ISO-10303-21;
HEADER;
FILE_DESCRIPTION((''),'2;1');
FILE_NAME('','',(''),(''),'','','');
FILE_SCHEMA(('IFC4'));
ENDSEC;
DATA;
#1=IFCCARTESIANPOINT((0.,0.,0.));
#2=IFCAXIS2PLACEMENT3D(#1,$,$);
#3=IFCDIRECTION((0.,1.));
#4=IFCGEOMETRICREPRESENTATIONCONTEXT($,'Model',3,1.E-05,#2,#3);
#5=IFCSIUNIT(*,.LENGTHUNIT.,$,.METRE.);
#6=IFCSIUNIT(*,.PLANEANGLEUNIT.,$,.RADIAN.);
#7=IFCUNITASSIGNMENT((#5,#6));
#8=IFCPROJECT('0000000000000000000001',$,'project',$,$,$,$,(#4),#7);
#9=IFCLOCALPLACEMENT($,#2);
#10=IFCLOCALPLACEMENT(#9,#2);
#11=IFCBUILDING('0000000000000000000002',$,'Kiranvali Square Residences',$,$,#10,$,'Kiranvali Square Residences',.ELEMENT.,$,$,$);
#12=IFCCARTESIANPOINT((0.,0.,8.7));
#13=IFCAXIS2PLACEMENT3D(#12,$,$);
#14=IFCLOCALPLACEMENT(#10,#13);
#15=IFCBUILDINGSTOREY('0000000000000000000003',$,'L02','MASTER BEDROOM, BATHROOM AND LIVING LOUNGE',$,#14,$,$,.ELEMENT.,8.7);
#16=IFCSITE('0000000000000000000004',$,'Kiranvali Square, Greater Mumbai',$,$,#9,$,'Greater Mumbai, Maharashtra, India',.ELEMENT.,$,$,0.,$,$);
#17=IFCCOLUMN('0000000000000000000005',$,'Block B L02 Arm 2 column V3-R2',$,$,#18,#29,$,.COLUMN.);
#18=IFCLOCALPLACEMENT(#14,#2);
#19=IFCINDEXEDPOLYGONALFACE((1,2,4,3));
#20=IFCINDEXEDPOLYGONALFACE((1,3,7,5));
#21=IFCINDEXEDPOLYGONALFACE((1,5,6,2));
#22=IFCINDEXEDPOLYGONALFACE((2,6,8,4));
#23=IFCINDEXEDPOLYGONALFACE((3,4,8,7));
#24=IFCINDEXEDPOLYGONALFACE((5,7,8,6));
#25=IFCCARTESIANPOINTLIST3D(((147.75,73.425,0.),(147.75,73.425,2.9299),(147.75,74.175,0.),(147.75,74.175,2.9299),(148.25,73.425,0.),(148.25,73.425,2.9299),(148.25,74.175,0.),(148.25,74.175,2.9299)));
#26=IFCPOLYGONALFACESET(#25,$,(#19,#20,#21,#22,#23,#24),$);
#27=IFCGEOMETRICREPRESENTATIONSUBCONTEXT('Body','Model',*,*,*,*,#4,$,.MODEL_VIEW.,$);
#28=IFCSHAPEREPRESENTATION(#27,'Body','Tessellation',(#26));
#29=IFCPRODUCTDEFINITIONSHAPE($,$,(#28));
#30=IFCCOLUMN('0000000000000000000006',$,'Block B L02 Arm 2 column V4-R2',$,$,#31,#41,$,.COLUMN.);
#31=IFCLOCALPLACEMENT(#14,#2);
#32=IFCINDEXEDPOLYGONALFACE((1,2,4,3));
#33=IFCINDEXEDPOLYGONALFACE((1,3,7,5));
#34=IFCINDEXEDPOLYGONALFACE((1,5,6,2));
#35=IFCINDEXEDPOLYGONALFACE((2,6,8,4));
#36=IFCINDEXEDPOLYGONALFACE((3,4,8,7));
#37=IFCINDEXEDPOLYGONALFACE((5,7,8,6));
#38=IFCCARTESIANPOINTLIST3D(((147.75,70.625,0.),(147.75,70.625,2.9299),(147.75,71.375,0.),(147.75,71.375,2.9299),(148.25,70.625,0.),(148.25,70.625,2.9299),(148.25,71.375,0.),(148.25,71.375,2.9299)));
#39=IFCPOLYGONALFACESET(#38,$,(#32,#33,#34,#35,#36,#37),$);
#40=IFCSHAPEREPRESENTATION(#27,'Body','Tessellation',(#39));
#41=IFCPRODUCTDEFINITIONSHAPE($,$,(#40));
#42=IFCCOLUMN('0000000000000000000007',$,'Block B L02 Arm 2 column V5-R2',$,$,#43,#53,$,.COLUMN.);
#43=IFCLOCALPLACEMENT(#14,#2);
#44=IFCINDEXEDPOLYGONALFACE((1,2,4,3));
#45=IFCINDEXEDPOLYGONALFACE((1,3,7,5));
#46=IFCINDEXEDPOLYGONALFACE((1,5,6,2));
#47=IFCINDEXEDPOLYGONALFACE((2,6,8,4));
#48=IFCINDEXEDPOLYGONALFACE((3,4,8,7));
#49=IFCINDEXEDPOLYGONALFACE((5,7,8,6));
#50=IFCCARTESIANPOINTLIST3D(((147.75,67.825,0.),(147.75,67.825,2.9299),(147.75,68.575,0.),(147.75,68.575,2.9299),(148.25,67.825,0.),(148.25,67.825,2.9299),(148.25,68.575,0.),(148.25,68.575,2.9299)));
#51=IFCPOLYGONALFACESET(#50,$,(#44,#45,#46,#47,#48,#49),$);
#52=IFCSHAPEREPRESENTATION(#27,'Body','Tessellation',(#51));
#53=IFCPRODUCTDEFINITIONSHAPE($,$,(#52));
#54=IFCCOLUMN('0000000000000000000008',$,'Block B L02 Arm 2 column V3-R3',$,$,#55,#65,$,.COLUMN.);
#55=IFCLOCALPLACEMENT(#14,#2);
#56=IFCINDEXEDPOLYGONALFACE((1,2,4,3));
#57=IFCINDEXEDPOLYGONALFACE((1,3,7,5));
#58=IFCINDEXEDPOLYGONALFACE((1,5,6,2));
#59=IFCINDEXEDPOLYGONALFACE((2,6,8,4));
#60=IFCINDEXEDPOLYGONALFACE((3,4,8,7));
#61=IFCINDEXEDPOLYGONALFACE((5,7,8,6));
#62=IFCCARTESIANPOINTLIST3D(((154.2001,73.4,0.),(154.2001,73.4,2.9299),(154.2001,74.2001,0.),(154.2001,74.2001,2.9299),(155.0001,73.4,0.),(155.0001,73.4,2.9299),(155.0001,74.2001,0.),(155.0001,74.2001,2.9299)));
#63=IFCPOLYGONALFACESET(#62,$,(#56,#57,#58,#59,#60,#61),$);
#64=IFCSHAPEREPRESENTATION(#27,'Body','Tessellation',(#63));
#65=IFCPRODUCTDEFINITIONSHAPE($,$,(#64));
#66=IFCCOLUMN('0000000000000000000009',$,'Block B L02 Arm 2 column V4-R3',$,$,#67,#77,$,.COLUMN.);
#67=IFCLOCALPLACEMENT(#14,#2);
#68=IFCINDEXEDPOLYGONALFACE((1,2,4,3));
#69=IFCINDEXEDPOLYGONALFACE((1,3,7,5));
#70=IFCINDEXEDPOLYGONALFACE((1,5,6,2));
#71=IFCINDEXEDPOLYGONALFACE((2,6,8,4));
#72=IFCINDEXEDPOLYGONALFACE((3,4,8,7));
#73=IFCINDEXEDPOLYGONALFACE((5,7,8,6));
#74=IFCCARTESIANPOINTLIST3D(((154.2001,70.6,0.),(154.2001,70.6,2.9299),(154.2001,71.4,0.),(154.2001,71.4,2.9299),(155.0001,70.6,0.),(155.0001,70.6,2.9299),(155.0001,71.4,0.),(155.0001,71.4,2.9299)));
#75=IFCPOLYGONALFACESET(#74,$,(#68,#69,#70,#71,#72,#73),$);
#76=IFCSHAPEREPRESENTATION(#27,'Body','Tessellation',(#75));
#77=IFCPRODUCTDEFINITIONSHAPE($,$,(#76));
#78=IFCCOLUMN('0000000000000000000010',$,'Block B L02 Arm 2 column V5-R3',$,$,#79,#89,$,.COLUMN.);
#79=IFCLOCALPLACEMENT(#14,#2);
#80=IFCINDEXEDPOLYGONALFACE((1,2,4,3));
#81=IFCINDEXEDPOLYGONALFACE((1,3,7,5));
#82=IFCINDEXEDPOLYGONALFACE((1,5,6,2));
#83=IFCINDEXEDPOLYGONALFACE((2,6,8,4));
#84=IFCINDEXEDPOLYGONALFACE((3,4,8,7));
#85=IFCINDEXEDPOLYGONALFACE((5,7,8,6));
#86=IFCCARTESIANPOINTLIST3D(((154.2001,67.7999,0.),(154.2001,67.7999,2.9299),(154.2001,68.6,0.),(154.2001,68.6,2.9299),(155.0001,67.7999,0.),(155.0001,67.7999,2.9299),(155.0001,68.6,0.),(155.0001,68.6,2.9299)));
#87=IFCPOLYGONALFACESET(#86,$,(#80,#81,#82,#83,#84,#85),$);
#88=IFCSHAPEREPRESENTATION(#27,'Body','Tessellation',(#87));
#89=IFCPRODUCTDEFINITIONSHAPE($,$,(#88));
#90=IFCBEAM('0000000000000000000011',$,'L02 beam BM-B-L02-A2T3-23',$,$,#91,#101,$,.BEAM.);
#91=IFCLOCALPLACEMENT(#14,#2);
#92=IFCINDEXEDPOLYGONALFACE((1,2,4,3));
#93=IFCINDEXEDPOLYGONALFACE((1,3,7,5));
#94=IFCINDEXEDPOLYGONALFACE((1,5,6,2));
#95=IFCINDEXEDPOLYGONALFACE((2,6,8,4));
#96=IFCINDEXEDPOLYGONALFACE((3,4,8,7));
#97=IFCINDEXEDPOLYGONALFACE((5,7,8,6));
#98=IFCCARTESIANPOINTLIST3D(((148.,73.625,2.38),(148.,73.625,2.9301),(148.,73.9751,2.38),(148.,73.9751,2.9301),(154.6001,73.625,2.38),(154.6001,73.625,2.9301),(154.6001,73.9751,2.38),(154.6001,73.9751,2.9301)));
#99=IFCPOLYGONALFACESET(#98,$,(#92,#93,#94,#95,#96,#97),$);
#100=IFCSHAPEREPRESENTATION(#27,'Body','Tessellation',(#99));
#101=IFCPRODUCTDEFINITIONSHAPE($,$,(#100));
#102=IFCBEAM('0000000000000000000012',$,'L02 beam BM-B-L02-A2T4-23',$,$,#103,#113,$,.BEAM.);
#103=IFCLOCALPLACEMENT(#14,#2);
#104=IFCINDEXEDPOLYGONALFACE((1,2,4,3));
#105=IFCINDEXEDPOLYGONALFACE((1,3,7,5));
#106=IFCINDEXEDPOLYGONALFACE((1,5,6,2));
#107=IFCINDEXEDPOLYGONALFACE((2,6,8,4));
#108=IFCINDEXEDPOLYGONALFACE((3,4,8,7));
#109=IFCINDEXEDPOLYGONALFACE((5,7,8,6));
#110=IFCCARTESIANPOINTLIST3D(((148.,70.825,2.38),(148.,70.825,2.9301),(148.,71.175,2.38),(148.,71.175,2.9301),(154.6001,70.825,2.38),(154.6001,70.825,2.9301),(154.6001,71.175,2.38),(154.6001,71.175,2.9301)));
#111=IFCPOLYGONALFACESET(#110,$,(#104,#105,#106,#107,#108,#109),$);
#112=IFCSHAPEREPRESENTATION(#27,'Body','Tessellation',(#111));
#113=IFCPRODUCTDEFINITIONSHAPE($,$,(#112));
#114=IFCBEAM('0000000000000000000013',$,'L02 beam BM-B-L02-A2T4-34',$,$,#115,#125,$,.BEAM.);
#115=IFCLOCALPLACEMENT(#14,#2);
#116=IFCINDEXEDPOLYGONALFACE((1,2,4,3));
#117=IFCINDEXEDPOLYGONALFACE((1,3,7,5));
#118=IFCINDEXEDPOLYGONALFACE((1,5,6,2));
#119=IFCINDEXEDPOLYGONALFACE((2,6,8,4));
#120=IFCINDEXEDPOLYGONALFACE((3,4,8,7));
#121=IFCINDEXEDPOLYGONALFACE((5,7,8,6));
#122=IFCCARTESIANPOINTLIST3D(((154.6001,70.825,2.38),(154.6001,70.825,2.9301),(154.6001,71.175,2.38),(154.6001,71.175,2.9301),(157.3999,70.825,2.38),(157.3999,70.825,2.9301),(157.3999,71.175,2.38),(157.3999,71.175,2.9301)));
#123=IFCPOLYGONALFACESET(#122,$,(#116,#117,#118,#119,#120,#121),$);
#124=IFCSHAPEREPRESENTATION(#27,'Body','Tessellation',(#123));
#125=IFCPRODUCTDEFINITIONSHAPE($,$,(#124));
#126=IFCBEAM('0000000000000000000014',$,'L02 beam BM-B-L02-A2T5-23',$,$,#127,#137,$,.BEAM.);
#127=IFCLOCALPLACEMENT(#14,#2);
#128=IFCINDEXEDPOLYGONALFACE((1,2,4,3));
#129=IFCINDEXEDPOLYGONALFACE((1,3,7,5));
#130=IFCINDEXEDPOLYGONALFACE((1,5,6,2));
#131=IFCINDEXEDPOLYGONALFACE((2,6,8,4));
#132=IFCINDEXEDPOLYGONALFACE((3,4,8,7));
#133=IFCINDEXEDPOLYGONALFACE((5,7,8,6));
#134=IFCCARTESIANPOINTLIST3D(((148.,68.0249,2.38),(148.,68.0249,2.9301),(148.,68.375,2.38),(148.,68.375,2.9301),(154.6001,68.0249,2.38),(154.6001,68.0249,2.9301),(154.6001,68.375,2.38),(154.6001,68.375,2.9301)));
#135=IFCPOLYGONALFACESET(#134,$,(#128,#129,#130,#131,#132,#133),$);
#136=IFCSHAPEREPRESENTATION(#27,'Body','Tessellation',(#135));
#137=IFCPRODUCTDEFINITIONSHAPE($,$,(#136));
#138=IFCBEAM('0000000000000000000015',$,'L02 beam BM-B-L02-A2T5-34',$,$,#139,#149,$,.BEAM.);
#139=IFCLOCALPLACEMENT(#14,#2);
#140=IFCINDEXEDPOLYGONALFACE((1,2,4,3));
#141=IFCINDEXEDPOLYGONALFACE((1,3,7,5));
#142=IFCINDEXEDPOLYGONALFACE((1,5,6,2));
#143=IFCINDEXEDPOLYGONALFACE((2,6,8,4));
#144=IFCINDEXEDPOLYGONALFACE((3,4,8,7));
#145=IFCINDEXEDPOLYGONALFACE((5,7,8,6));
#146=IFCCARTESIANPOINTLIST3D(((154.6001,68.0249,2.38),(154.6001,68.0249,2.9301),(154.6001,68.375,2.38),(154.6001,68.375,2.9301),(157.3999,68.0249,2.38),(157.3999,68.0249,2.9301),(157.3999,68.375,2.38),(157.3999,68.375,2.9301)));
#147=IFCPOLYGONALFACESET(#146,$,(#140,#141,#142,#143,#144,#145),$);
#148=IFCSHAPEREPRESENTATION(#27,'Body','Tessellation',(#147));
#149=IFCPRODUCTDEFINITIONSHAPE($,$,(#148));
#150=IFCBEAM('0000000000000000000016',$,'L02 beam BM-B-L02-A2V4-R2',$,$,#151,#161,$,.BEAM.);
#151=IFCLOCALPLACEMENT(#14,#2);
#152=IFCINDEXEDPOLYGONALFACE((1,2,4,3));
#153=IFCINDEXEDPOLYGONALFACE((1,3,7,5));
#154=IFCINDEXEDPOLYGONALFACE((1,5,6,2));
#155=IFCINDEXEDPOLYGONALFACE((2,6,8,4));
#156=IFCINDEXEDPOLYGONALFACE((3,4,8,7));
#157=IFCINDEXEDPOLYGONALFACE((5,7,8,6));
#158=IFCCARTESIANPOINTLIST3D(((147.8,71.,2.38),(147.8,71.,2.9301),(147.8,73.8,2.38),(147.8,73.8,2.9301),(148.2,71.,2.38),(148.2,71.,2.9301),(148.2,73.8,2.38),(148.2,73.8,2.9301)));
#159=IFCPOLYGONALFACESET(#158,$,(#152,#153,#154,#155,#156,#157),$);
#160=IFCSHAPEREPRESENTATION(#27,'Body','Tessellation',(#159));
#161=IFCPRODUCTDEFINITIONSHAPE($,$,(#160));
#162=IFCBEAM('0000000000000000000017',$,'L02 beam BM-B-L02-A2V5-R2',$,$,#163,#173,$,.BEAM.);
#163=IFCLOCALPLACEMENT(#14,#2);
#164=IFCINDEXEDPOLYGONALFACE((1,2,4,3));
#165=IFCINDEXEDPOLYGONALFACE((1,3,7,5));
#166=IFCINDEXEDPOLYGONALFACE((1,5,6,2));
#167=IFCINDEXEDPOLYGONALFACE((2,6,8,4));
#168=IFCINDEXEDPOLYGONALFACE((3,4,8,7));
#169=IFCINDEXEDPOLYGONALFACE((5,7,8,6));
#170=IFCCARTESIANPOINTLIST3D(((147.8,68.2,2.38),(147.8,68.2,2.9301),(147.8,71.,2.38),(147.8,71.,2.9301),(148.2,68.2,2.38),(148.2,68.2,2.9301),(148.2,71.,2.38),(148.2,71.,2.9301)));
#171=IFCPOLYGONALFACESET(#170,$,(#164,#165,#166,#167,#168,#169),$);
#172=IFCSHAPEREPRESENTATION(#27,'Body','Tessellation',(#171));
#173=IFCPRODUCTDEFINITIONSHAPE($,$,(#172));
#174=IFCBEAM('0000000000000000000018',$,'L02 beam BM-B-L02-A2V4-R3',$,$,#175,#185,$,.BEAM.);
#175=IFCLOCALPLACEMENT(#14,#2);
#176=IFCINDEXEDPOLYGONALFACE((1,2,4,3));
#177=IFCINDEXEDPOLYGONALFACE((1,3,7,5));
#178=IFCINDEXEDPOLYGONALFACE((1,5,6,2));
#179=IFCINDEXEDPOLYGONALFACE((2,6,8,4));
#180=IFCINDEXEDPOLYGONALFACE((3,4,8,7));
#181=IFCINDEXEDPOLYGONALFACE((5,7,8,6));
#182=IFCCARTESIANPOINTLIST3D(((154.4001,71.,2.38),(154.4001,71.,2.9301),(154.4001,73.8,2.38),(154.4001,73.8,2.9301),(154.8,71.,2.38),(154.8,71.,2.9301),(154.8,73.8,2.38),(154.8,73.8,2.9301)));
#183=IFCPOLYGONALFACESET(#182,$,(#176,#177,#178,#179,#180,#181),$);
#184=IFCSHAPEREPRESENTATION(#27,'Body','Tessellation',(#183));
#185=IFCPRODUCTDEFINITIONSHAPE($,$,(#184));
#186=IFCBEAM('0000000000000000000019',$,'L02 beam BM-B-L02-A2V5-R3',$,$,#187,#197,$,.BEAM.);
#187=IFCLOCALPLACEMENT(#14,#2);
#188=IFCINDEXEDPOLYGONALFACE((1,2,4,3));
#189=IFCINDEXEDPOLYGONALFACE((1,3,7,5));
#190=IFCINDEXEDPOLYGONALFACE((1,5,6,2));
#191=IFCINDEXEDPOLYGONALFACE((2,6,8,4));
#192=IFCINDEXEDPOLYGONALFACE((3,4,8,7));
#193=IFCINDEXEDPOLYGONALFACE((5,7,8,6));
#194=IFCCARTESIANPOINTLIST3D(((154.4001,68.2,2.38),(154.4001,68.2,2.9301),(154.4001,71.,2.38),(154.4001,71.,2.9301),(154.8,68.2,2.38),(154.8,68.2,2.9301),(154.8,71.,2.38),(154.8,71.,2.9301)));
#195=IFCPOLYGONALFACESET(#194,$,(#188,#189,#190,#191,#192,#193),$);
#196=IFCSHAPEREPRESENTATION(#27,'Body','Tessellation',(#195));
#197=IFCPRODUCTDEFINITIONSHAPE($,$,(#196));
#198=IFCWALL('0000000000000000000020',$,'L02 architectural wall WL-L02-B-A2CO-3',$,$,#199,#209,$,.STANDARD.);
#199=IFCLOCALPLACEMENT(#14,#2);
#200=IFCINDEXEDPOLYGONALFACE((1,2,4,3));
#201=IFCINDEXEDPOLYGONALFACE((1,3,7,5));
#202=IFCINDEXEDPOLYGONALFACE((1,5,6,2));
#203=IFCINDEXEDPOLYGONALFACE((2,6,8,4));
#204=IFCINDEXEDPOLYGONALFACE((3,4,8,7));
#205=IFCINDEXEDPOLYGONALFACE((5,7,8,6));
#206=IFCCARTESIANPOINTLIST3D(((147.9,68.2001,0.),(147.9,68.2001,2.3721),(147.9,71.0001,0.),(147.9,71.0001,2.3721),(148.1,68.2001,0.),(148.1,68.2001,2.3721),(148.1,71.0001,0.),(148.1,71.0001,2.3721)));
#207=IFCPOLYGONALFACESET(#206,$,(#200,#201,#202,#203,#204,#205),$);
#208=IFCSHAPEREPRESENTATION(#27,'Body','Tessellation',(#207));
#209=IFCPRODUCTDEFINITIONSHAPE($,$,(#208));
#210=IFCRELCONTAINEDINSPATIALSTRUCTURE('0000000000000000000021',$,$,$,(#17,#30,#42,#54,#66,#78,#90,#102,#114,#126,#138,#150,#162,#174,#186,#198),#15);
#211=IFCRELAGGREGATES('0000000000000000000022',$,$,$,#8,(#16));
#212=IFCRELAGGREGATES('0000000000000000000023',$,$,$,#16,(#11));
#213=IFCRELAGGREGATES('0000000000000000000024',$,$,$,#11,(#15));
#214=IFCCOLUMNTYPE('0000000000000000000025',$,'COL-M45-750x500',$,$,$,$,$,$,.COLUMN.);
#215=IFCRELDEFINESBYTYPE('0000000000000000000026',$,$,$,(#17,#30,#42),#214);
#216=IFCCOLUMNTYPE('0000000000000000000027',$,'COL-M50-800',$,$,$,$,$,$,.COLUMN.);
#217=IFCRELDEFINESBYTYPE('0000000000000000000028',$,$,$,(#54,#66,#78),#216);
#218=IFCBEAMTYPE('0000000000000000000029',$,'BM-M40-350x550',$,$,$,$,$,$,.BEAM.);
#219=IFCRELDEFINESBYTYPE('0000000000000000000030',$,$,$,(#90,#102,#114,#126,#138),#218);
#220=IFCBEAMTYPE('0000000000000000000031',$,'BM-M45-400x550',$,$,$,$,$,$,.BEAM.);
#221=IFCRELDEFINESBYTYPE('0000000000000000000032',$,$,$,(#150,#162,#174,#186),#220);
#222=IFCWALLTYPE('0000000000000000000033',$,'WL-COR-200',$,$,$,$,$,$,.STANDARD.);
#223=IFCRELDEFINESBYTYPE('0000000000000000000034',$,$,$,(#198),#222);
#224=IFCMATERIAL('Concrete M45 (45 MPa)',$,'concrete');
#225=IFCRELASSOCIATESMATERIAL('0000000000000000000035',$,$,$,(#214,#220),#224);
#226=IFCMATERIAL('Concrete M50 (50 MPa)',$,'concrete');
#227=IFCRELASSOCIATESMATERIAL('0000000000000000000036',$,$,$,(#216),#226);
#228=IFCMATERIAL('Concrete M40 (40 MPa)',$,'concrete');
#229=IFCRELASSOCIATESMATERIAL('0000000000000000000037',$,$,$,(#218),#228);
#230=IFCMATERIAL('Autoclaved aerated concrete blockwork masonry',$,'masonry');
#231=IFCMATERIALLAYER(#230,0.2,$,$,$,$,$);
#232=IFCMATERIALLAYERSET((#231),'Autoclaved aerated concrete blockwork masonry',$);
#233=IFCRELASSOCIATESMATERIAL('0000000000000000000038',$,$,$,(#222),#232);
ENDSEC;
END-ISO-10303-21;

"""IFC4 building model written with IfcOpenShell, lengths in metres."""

from ifc_helpers import new_model, si_unit, direction, frame, frame_2d, origin, origin_2d, place, context, subcontext, project, spatial, rectangle, extrude, material, layer, layer_set, material_profile, profile_set, type_object, element, save


model = new_model("IFC4")

# Units and contexts
model_context = context("Model", 3, precision=1e-05, world=origin(), true_north=direction((0.0, 1.0)))
body_context = subcontext(model_context, "Body", "Model", "MODEL_VIEW")
ifc_project = project(units=[si_unit("LENGTHUNIT", "METRE"), si_unit("PLANEANGLEUNIT", "RADIAN")], contexts=[model_context])

# Site, building, storey
site_placement = place(None, origin())
site = spatial("IfcSite", under=ifc_project, at=site_placement, Name="Kiranvali Square, Greater Mumbai", LongName="Greater Mumbai, Maharashtra, India", CompositionType="ELEMENT", RefElevation=0.0)
building_placement = place(site_placement, origin())
building = spatial("IfcBuilding", under=site, at=building_placement, Name="Kiranvali Square Residences", LongName="Kiranvali Square Residences", CompositionType="ELEMENT")
storey_placement = place(building_placement, frame((0.0, 0.0, 8.7)))
storey = spatial("IfcBuildingStorey", under=building, at=storey_placement, Name="L02", Description="MASTER BEDROOM, BATHROOM AND LIVING LOUNGE", CompositionType="ELEMENT", Elevation=8.7)

# Columns
ifc_material_1 = material(Name="Concrete M45 (45 MPa)", Category="concrete")
ifc_material_profile_1 = material_profile(ifc_material_1, rectangle(XDim=0.5, YDim=0.75, at=origin_2d()), Name="RC 750x500")
ifc_profile_set_1 = profile_set([ifc_material_profile_1], Name="Concrete M45 (45 MPa)")
column_type_1 = type_object("IfcColumnType", Name="COL-M45-750x500", PredefinedType="COLUMN", material=ifc_profile_set_1)
for number, where, z_axis, x_axis, name in (
    (1, (148.0, 73.8, 0.0), (0.0, 0.0, 1.0), (1.0, 0.0, 0.0), "Block B L02 Arm 2 column V3-R2"),
    (2, (148.0, 71.0, 0.0), (0.0, 0.0, 1.0), (1.0, 0.0, 0.0), "Block B L02 Arm 2 column V4-R2"),
    (3, (148.0, 68.2, 0.0), (0.0, 0.0, 1.0), (1.0, 0.0, 0.0), "Block B L02 Arm 2 column V5-R2"),
):
    element("IfcColumn", number, at=place(storey_placement, frame(where, z_axis=z_axis, x_axis=x_axis)), inside=storey, type_object=column_type_1, Name=name, PredefinedType="COLUMN", context=body_context, shape_type="SweptSolid", body=[
        extrude(rectangle(XDim=0.5, YDim=0.75, at=origin_2d()), origin(), (0.0, 0.0, 1.0), 2.9299),
    ])
ifc_material_2 = material(Name="Concrete M50 (50 MPa)", Category="concrete")
ifc_material_profile_2 = material_profile(ifc_material_2, rectangle(XDim=0.8, YDim=0.8, at=origin_2d()), Name="RC 800x800")
ifc_profile_set_2 = profile_set([ifc_material_profile_2], Name="Concrete M50 (50 MPa)")
column_type_2 = type_object("IfcColumnType", Name="COL-M50-800", PredefinedType="COLUMN", material=ifc_profile_set_2)
for number, where, z_axis, x_axis, name in (
    (4, (154.6001, 73.8, 0.0), (0.0, 0.0, 1.0), (1.0, 0.0, 0.0), "Block B L02 Arm 2 column V3-R3"),
    (5, (154.6001, 71.0, 0.0), (0.0, 0.0, 1.0), (1.0, 0.0, 0.0), "Block B L02 Arm 2 column V4-R3"),
    (6, (154.6001, 68.2, 0.0), (0.0, 0.0, 1.0), (1.0, 0.0, 0.0), "Block B L02 Arm 2 column V5-R3"),
):
    element("IfcColumn", number, at=place(storey_placement, frame(where, z_axis=z_axis, x_axis=x_axis)), inside=storey, type_object=column_type_2, Name=name, PredefinedType="COLUMN", context=body_context, shape_type="SweptSolid", body=[
        extrude(rectangle(XDim=0.8, YDim=0.8, at=origin_2d()), origin(), (0.0, 0.0, 1.0), 2.9299),
    ])

# Beams
ifc_material_3 = material(Name="Concrete M40 (40 MPa)", Category="concrete")
ifc_material_profile_3 = material_profile(ifc_material_3, rectangle(XDim=0.3501, YDim=0.55, at=origin_2d()), Name="RC 350x550")
ifc_profile_set_3 = profile_set([ifc_material_profile_3], Name="Concrete M40 (40 MPa)")
beam_type_1 = type_object("IfcBeamType", Name="BM-M40-350x550", PredefinedType="BEAM", material=ifc_profile_set_3)
for number, where, z_axis, x_axis, name in (
    (7, (148.0, 73.8, 2.655), (1.0, 0.0, 0.0), (0.0, 1.0, 0.0), "L02 beam BM-B-L02-A2T3-23"),
    (8, (148.0, 71.0, 2.655), (1.0, 0.0, 0.0), (0.0, 1.0, 0.0), "L02 beam BM-B-L02-A2T4-23"),
):
    element("IfcBeam", number, at=place(storey_placement, frame(where, z_axis=z_axis, x_axis=x_axis)), inside=storey, type_object=beam_type_1, Name=name, PredefinedType="BEAM", context=body_context, shape_type="SweptSolid", body=[
        extrude(rectangle(XDim=0.3501, YDim=0.55, at=origin_2d()), origin(), (0.0, 0.0, 1.0), 6.6001),
    ])
beam_1_placement = place(storey_placement, frame((154.6001, 71.0, 2.655), z_axis=(1.0, 0.0, 0.0), x_axis=(0.0, 1.0, 0.0)))
element("IfcBeam", 9, at=beam_1_placement, inside=storey, type_object=beam_type_1, Name="L02 beam BM-B-L02-A2T4-34", PredefinedType="BEAM", context=body_context, shape_type="SweptSolid", body=[
    extrude(rectangle(XDim=0.3501, YDim=0.55, at=origin_2d()), origin(), (0.0, 0.0, 1.0), 2.7998),
])
beam_2_placement = place(storey_placement, frame((148.0, 68.2, 2.655), z_axis=(1.0, 0.0, 0.0), x_axis=(0.0, 1.0, 0.0)))
element("IfcBeam", 10, at=beam_2_placement, inside=storey, type_object=beam_type_1, Name="L02 beam BM-B-L02-A2T5-23", PredefinedType="BEAM", context=body_context, shape_type="SweptSolid", body=[
    extrude(rectangle(XDim=0.3501, YDim=0.55, at=origin_2d()), origin(), (0.0, 0.0, 1.0), 6.6001),
])
beam_3_placement = place(storey_placement, frame((154.6001, 68.2, 2.655), z_axis=(1.0, 0.0, 0.0), x_axis=(0.0, 1.0, 0.0)))
element("IfcBeam", 11, at=beam_3_placement, inside=storey, type_object=beam_type_1, Name="L02 beam BM-B-L02-A2T5-34", PredefinedType="BEAM", context=body_context, shape_type="SweptSolid", body=[
    extrude(rectangle(XDim=0.3501, YDim=0.55, at=origin_2d()), origin(), (0.0, 0.0, 1.0), 2.7998),
])
ifc_material_profile_4 = material_profile(ifc_material_1, rectangle(XDim=0.3999, YDim=0.55, at=origin_2d()), Name="RC 400x550")
ifc_profile_set_4 = profile_set([ifc_material_profile_4], Name="Concrete M45 (45 MPa)")
beam_type_2 = type_object("IfcBeamType", Name="BM-M45-400x550", PredefinedType="BEAM", material=ifc_profile_set_4)
for number, where, z_axis, x_axis, name in (
    (12, (148.0, 73.8, 2.655), (0.0, -1.0, 0.0), (1.0, 0.0, 0.0), "L02 beam BM-B-L02-A2V4-R2"),
    (13, (148.0, 71.0, 2.655), (0.0, -1.0, 0.0), (1.0, 0.0, 0.0), "L02 beam BM-B-L02-A2V5-R2"),
    (14, (154.6001, 73.8, 2.655), (0.0, -1.0, 0.0), (1.0, 0.0, 0.0), "L02 beam BM-B-L02-A2V4-R3"),
    (15, (154.6001, 71.0, 2.655), (0.0, -1.0, 0.0), (1.0, 0.0, 0.0), "L02 beam BM-B-L02-A2V5-R3"),
):
    element("IfcBeam", number, at=place(storey_placement, frame(where, z_axis=z_axis, x_axis=x_axis)), inside=storey, type_object=beam_type_2, Name=name, PredefinedType="BEAM", context=body_context, shape_type="SweptSolid", body=[
        extrude(rectangle(XDim=0.3999, YDim=0.55, at=origin_2d()), origin(), (0.0, 0.0, 1.0), 2.8),
    ])

# Shared definitions
ifc_material_4 = material(Name="Autoclaved aerated concrete blockwork masonry", Category="masonry")
ifc_layer_1 = layer(ifc_material_4, 0.2)
ifc_layer_set_1 = layer_set([ifc_layer_1], Name="Autoclaved aerated concrete blockwork masonry")
wall_type_1 = type_object("IfcWallType", Name="WL-COR-200", PredefinedType="STANDARD", material=ifc_layer_set_1)

# Wall
wall_1_placement = place(storey_placement, frame((148.0, 71.0, 0.0), z_axis=(0.0, 0.0, 1.0), x_axis=(0.0, -1.0, 0.0)))
element("IfcWall", 16, at=wall_1_placement, inside=storey, type_object=wall_type_1, Name="L02 architectural wall WL-L02-B-A2CO-3", PredefinedType="STANDARD", context=body_context, shape_type="SweptSolid", body=[
    extrude(rectangle(XDim=2.8, YDim=0.2, at=frame_2d((1.3999, 0.0))), origin(), (0.0, 0.0, 1.0), 2.3721),
])

save(model, "model.ifc")
